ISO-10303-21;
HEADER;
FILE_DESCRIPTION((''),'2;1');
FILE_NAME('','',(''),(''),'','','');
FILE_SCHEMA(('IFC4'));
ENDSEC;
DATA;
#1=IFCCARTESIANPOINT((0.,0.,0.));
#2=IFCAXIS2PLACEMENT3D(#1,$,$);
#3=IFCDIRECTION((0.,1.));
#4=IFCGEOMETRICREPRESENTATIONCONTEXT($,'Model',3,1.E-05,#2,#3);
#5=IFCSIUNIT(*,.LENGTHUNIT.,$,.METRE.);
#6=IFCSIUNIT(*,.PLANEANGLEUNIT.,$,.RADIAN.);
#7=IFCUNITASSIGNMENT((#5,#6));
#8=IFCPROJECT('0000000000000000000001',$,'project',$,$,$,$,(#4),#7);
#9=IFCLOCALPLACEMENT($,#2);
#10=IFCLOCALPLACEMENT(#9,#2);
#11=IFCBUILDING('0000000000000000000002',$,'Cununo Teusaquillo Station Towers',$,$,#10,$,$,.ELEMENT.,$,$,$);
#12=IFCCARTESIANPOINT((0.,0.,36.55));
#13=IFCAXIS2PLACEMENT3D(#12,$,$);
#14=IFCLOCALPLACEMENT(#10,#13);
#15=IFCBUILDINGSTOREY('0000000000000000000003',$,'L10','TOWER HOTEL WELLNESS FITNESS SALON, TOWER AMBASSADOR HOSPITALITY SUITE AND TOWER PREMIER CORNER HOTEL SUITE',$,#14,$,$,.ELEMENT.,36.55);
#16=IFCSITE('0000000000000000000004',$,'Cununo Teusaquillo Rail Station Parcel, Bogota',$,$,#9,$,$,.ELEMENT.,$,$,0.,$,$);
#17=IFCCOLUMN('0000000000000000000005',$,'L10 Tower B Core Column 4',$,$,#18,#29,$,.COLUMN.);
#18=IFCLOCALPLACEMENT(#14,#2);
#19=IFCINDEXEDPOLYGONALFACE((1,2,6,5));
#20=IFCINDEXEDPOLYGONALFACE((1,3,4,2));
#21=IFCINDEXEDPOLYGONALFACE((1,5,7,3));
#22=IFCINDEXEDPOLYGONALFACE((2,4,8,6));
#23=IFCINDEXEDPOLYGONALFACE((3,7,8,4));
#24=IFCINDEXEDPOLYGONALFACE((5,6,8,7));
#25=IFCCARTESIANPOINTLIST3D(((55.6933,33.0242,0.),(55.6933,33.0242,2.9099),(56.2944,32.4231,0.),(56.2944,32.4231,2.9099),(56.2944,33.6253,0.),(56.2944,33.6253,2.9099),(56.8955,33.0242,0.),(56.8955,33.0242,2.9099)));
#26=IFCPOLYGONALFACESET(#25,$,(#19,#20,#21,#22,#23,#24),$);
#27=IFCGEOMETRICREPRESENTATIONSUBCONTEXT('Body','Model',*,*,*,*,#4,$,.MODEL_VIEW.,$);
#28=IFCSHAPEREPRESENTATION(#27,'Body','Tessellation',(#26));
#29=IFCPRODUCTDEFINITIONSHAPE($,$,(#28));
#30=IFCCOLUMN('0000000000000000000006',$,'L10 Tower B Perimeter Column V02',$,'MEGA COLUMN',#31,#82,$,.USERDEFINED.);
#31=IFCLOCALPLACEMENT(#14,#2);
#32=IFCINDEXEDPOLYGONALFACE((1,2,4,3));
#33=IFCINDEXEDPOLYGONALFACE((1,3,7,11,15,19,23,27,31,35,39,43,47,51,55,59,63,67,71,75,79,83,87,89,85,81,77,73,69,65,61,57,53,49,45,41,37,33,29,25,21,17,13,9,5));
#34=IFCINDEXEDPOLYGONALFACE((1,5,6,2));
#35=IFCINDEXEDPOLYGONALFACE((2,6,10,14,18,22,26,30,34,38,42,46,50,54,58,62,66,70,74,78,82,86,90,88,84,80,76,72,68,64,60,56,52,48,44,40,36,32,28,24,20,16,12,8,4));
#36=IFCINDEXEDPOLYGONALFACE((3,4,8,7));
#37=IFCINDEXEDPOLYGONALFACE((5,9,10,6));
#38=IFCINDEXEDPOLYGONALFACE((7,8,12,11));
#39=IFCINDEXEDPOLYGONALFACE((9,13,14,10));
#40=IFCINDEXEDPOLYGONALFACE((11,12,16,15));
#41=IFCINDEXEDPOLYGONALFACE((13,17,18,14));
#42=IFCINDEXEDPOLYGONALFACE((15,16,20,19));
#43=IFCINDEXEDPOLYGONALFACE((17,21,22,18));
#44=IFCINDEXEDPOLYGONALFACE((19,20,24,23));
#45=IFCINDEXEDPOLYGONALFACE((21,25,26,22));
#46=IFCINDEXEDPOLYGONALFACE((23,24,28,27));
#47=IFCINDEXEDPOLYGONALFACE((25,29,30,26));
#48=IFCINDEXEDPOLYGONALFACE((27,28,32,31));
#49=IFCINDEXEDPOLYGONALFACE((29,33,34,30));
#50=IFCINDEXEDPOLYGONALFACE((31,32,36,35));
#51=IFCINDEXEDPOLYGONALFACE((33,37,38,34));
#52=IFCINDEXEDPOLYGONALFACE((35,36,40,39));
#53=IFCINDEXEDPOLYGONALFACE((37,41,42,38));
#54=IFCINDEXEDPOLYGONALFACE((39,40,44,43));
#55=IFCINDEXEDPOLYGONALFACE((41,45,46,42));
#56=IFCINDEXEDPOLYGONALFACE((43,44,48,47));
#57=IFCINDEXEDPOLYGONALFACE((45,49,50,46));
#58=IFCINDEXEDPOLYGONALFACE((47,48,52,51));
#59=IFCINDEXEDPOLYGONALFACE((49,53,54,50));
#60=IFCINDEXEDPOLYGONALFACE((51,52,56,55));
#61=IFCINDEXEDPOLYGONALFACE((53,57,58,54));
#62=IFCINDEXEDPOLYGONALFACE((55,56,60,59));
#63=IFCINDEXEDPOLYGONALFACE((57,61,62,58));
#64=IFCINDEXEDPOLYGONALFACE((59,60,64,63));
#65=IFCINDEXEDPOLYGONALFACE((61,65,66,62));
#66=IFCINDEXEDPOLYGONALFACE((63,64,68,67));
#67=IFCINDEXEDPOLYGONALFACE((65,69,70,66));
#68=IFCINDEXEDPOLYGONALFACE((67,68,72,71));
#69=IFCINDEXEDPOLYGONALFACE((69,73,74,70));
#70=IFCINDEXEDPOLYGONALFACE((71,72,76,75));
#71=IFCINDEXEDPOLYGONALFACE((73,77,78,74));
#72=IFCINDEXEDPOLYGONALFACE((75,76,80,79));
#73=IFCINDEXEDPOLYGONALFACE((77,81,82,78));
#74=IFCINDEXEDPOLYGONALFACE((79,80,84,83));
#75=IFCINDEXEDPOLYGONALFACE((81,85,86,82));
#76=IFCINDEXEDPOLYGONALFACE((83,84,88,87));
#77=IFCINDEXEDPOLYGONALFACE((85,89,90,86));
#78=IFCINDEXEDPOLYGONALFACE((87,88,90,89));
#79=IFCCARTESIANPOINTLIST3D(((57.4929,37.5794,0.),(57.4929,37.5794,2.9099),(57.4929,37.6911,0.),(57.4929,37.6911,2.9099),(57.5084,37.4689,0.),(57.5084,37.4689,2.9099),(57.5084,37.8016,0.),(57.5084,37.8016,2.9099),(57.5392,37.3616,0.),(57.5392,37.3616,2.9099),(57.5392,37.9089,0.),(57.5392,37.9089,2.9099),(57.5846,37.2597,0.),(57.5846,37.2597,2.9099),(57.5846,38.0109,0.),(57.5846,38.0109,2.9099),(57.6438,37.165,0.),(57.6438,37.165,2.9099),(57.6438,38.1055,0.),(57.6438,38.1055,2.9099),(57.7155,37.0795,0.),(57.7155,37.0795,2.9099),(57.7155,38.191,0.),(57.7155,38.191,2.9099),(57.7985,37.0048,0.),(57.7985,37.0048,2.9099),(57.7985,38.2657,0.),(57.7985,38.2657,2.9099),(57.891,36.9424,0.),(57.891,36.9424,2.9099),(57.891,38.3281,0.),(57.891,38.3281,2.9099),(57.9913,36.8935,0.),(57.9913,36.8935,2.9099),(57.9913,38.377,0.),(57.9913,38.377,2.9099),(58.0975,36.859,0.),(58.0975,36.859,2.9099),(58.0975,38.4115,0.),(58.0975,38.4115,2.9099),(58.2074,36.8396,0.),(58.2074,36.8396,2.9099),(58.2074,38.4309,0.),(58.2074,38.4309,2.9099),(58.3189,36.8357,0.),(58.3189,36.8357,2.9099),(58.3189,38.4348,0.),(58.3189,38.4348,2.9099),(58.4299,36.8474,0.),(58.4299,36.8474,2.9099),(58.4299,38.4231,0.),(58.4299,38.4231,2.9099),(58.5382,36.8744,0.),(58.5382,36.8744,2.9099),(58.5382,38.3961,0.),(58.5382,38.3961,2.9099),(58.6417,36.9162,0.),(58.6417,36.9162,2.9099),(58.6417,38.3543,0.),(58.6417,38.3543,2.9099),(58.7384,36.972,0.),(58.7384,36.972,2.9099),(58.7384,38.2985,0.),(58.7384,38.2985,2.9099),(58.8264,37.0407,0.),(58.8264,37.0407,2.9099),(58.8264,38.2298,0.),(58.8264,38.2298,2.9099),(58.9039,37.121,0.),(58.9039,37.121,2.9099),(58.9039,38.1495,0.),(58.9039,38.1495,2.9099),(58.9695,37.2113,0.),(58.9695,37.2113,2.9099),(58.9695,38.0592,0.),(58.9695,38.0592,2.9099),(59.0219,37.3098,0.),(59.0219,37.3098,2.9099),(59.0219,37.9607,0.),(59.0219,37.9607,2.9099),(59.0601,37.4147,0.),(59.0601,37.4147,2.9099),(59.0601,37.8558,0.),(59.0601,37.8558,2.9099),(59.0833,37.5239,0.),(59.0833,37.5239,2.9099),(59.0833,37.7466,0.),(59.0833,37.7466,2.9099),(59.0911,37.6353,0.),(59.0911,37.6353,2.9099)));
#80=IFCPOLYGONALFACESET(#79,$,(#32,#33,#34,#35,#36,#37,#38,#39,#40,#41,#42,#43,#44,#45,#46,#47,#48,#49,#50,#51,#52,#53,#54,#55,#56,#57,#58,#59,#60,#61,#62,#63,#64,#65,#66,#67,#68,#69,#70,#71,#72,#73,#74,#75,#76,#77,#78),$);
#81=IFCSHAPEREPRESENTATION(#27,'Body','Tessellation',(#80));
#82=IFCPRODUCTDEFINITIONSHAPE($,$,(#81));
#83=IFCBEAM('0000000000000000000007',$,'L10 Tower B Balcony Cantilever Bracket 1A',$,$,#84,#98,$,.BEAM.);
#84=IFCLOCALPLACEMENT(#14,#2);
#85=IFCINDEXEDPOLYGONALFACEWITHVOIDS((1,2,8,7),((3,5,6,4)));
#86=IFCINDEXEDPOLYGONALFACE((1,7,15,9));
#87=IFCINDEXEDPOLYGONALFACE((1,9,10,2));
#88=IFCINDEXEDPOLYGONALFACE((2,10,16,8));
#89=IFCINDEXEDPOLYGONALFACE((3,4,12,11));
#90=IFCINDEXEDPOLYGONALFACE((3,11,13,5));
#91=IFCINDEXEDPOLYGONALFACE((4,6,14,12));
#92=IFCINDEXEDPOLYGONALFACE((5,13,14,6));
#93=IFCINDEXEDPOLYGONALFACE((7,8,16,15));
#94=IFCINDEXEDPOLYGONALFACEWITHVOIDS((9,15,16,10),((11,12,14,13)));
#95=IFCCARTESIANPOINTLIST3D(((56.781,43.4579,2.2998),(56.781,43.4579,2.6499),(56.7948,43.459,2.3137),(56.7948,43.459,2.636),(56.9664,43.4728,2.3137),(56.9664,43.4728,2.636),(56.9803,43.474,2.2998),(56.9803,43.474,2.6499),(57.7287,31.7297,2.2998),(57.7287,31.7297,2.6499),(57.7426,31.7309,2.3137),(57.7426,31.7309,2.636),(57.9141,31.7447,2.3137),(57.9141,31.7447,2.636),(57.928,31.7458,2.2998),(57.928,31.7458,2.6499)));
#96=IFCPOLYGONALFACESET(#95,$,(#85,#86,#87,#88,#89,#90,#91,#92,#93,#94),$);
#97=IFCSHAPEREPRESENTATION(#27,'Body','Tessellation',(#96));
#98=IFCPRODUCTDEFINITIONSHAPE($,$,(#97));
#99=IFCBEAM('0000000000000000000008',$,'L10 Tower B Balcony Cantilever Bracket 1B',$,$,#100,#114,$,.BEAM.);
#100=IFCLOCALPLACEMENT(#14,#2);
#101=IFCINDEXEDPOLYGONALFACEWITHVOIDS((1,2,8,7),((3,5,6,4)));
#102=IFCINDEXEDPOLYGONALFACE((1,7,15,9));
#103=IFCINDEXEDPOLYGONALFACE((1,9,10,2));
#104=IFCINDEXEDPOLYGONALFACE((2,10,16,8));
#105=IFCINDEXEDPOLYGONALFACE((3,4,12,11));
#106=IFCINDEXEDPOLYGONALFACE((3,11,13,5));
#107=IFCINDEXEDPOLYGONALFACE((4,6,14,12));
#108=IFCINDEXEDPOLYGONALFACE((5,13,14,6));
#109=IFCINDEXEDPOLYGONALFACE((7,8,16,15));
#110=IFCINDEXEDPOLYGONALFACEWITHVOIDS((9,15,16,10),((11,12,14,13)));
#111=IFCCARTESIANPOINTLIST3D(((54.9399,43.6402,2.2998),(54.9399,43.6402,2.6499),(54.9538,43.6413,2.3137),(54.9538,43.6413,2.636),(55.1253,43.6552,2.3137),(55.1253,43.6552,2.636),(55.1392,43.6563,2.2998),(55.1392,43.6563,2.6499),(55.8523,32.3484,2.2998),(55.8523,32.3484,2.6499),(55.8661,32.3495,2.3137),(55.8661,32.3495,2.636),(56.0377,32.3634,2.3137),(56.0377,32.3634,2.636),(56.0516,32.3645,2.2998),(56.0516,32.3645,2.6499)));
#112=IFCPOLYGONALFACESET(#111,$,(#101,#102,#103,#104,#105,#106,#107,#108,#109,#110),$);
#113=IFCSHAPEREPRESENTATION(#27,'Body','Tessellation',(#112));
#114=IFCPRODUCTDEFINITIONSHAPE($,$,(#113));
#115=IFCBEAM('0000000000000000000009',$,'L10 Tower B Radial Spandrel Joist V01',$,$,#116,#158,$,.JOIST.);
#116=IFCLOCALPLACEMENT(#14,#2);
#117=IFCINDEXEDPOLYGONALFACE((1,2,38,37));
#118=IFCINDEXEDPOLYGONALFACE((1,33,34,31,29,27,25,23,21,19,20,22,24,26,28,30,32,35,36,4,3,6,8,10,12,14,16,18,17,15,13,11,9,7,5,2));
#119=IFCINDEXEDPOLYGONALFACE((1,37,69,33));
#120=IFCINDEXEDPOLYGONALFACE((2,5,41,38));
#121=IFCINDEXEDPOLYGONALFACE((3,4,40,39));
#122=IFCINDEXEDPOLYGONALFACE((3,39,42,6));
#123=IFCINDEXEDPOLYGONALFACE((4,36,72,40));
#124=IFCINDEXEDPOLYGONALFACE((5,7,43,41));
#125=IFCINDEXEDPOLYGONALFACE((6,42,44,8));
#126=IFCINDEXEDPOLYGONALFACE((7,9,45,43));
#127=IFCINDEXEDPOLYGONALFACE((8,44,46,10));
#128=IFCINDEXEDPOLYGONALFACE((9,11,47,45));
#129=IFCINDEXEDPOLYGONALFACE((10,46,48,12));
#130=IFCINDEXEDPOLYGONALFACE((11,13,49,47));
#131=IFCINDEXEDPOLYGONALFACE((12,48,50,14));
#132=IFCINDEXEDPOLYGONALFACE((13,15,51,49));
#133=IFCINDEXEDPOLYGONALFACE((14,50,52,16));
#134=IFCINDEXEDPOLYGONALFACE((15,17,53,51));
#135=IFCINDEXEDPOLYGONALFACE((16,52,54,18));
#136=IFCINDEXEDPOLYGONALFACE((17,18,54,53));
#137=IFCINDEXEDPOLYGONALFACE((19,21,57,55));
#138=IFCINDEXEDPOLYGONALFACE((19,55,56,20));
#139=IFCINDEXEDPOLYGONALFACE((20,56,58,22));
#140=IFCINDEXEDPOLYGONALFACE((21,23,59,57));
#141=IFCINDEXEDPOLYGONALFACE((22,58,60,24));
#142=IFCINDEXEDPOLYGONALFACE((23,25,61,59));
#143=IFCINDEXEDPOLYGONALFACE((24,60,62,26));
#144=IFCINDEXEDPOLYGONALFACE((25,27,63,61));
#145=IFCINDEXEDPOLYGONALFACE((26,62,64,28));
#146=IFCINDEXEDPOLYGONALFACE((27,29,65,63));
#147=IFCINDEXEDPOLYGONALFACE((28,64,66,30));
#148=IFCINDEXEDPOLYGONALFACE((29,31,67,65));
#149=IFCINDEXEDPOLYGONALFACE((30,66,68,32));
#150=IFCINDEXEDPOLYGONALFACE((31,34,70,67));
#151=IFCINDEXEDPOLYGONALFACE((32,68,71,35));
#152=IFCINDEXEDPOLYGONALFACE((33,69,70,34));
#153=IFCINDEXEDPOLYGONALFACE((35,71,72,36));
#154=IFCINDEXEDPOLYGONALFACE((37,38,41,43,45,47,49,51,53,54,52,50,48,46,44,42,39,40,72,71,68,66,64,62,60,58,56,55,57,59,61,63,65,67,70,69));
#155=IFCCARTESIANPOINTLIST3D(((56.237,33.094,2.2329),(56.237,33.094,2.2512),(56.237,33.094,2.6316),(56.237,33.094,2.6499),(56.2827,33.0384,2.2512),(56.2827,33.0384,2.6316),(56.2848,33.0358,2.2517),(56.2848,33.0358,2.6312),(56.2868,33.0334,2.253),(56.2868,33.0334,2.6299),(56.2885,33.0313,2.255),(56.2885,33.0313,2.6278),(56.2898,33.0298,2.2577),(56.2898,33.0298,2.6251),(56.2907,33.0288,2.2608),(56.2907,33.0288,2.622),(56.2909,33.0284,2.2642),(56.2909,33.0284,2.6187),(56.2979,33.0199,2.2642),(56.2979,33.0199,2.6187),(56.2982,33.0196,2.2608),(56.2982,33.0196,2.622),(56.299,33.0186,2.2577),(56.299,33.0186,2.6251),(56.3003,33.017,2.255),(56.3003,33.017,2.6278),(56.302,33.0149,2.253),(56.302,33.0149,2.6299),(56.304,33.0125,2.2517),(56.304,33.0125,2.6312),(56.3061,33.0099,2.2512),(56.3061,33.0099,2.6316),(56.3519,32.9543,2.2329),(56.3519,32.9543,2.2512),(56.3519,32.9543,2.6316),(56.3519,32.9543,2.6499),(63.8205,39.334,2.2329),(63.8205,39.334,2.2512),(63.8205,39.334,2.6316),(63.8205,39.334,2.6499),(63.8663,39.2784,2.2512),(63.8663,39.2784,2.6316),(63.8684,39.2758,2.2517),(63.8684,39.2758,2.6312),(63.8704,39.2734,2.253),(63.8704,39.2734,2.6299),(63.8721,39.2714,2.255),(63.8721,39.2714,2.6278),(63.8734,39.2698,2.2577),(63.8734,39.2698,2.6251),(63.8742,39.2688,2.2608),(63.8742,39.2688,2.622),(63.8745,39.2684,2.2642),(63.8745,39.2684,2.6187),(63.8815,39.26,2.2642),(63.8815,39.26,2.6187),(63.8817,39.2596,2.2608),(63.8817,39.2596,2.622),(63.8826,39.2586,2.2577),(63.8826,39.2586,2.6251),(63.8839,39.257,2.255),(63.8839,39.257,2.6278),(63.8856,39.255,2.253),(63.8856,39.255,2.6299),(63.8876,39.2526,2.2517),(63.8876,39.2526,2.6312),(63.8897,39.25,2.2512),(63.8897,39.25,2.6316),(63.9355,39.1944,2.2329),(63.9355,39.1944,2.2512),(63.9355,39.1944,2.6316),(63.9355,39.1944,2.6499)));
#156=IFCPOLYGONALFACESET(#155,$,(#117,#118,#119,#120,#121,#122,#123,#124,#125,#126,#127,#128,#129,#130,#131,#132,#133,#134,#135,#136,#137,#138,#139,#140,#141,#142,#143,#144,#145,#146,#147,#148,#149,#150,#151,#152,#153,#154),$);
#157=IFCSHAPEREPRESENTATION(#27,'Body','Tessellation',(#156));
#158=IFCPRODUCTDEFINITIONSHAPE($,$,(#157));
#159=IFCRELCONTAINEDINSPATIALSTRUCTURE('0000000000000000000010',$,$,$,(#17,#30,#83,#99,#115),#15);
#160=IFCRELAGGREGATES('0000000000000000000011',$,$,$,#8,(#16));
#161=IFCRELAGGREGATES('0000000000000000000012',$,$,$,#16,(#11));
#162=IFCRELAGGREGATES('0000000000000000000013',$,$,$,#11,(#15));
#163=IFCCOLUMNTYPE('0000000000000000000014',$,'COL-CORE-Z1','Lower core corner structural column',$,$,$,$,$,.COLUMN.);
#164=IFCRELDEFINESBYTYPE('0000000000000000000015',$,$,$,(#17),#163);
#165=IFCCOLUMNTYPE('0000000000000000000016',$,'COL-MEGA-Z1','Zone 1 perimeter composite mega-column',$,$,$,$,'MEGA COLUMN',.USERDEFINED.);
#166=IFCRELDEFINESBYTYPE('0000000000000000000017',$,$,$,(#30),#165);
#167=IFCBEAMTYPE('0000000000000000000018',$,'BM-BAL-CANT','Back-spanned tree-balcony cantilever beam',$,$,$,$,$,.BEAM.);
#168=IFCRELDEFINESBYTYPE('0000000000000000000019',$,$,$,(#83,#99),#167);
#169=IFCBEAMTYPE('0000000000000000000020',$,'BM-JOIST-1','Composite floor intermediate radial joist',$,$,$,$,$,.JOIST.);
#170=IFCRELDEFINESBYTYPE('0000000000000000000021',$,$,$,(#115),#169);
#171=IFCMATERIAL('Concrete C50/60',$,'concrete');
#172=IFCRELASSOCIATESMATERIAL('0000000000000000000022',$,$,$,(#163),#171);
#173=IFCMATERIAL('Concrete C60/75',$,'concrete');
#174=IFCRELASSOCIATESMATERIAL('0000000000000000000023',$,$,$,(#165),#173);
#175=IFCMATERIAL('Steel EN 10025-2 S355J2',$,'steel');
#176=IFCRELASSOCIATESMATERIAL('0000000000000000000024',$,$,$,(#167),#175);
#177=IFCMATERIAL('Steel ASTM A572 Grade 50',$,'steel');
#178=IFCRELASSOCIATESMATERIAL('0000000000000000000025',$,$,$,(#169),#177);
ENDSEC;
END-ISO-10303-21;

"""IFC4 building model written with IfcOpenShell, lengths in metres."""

from ifc_helpers import new_model, si_unit, direction, frame, origin, origin_2d, place, context, subcontext, project, spatial, rectangle, hollow_rectangle, circle, i_section, extrude, material, material_profile, profile_set, type_object, element, save


model = new_model("IFC4")

# Units and contexts
model_context = context("Model", 3, precision=1e-05, world=origin(), true_north=direction((0.0, 1.0)))
body_context = subcontext(model_context, "Body", "Model", "MODEL_VIEW")
ifc_project = project(units=[si_unit("LENGTHUNIT", "METRE"), si_unit("PLANEANGLEUNIT", "RADIAN")], contexts=[model_context])

# Site, building, storey
site_placement = place(None, origin())
site = spatial("IfcSite", under=ifc_project, at=site_placement, Name="Cununo Teusaquillo Rail Station Parcel, Bogota", CompositionType="ELEMENT", RefElevation=0.0)
building_placement = place(site_placement, origin())
building = spatial("IfcBuilding", under=site, at=building_placement, Name="Cununo Teusaquillo Station Towers", CompositionType="ELEMENT")
storey_placement = place(building_placement, frame((0.0, 0.0, 36.55)))
storey = spatial("IfcBuildingStorey", under=building, at=storey_placement, Name="L10", Description="TOWER HOTEL WELLNESS FITNESS SALON, TOWER AMBASSADOR HOSPITALITY SUITE AND TOWER PREMIER CORNER HOTEL SUITE", CompositionType="ELEMENT", Elevation=36.55)

# Columns
ifc_material_1 = material(Name="Concrete C50/60", Category="concrete")
ifc_material_profile_1 = material_profile(ifc_material_1, rectangle(XDim=0.8501, YDim=0.8501, at=origin_2d()), Name="RC-RECT-850x850")
ifc_profile_set_1 = profile_set([ifc_material_profile_1], Name="Concrete C50/60")
column_type_1 = type_object("IfcColumnType", Name="COL-CORE-Z1", Description="Lower core corner structural column", PredefinedType="COLUMN", material=ifc_profile_set_1)
column_1_placement = place(storey_placement, frame((56.2944, 33.0242, 0.0), z_axis=(0.0, 0.0, 1.0), x_axis=(0.707107, 0.707107, 0.0)))
element("IfcColumn", 1, at=column_1_placement, inside=storey, type_object=column_type_1, Name="L10 Tower B Core Column 4", PredefinedType="COLUMN", context=body_context, shape_type="SweptSolid", body=[
    extrude(rectangle(XDim=0.8501, YDim=0.8501, at=origin_2d()), origin(), (0.0, 0.0, 1.0), 2.9099),
])
ifc_material_2 = material(Name="Concrete C60/75", Category="concrete")
ifc_material_profile_2 = material_profile(ifc_material_2, circle(Radius=0.8, at=origin_2d()), Name="RC-CIRC-1600")
ifc_profile_set_2 = profile_set([ifc_material_profile_2], Name="Concrete C60/75")
column_type_2 = type_object("IfcColumnType", Name="COL-MEGA-Z1", Description="Zone 1 perimeter composite mega-column", ElementType="MEGA COLUMN", PredefinedType="USERDEFINED", material=ifc_profile_set_2)
column_2_placement = place(storey_placement, frame((58.291, 37.6353, 0.0), z_axis=(0.0, 0.0, 1.0), x_axis=(1.0, 0.0, 0.0)))
element("IfcColumn", 2, at=column_2_placement, inside=storey, type_object=column_type_2, Name="L10 Tower B Perimeter Column V02", ObjectType="MEGA COLUMN", PredefinedType="USERDEFINED", context=body_context, shape_type="SweptSolid", body=[
    extrude(circle(Radius=0.8, at=origin_2d()), origin(), (0.0, 0.0, 1.0), 2.9099),
])

# Beams
ifc_material_3 = material(Name="Steel EN 10025-2 S355J2", Category="steel")
ifc_material_profile_3 = material_profile(ifc_material_3, hollow_rectangle(XDim=0.2, YDim=0.3501, WallThickness=0.0139, at=origin_2d()), Name="RHS 350x200x14")
ifc_profile_set_3 = profile_set([ifc_material_profile_3], Name="Steel EN 10025-2 S355J2")
beam_type_1 = type_object("IfcBeamType", Name="BM-BAL-CANT", Description="Back-spanned tree-balcony cantilever beam", PredefinedType="BEAM", material=ifc_profile_set_3)
beam_1_placement = place(storey_placement, frame((57.8284, 31.7378, 2.4749), z_axis=(-0.080548, 0.996751, 0.0), x_axis=(-0.996751, -0.080548, 0.0)))
element("IfcBeam", 3, at=beam_1_placement, inside=storey, type_object=beam_type_1, Name="L10 Tower B Balcony Cantilever Bracket 1A", PredefinedType="BEAM", context=body_context, shape_type="SweptSolid", body=[
    extrude(hollow_rectangle(XDim=0.2, YDim=0.3501, WallThickness=0.0139, at=origin_2d()), origin(), (0.0, 0.0, 1.0), 11.7664),
])
beam_2_placement = place(storey_placement, frame((55.9519, 32.3564, 2.4749), z_axis=(-0.080536, 0.996752, 0.0), x_axis=(-0.996752, -0.080536, 0.0)))
element("IfcBeam", 4, at=beam_2_placement, inside=storey, type_object=beam_type_1, Name="L10 Tower B Balcony Cantilever Bracket 1B", PredefinedType="BEAM", context=body_context, shape_type="SweptSolid", body=[
    extrude(hollow_rectangle(XDim=0.2, YDim=0.3501, WallThickness=0.0139, at=origin_2d()), origin(), (0.0, 0.0, 1.0), 11.3286),
])
ifc_material_4 = material(Name="Steel ASTM A572 Grade 50", Category="steel")
ifc_material_profile_4 = material_profile(ifc_material_4, i_section(OverallWidth=0.1809, OverallDepth=0.417, WebThickness=0.011, FlangeThickness=0.0183, FilletRadius=0.0129, at=origin_2d()), Name="W16X57")
ifc_profile_set_4 = profile_set([ifc_material_profile_4], Name="Steel ASTM A572 Grade 50")
beam_type_2 = type_object("IfcBeamType", Name="BM-JOIST-1", Description="Composite floor intermediate radial joist", PredefinedType="JOIST", material=ifc_profile_set_4)
beam_3_placement = place(storey_placement, frame((56.2944, 33.0242, 2.4414), z_axis=(0.772192, 0.635389, 0.0), x_axis=(-0.635389, 0.772192, 0.0)))
element("IfcBeam", 5, at=beam_3_placement, inside=storey, type_object=beam_type_2, Name="L10 Tower B Radial Spandrel Joist V01", PredefinedType="JOIST", context=body_context, shape_type="SweptSolid", body=[
    extrude(i_section(OverallWidth=0.1809, OverallDepth=0.417, WebThickness=0.011, FlangeThickness=0.0183, FilletRadius=0.0129, at=origin_2d()), origin(), (0.0, 0.0, 1.0), 9.8208),
])

save(model, "model.ifc")
